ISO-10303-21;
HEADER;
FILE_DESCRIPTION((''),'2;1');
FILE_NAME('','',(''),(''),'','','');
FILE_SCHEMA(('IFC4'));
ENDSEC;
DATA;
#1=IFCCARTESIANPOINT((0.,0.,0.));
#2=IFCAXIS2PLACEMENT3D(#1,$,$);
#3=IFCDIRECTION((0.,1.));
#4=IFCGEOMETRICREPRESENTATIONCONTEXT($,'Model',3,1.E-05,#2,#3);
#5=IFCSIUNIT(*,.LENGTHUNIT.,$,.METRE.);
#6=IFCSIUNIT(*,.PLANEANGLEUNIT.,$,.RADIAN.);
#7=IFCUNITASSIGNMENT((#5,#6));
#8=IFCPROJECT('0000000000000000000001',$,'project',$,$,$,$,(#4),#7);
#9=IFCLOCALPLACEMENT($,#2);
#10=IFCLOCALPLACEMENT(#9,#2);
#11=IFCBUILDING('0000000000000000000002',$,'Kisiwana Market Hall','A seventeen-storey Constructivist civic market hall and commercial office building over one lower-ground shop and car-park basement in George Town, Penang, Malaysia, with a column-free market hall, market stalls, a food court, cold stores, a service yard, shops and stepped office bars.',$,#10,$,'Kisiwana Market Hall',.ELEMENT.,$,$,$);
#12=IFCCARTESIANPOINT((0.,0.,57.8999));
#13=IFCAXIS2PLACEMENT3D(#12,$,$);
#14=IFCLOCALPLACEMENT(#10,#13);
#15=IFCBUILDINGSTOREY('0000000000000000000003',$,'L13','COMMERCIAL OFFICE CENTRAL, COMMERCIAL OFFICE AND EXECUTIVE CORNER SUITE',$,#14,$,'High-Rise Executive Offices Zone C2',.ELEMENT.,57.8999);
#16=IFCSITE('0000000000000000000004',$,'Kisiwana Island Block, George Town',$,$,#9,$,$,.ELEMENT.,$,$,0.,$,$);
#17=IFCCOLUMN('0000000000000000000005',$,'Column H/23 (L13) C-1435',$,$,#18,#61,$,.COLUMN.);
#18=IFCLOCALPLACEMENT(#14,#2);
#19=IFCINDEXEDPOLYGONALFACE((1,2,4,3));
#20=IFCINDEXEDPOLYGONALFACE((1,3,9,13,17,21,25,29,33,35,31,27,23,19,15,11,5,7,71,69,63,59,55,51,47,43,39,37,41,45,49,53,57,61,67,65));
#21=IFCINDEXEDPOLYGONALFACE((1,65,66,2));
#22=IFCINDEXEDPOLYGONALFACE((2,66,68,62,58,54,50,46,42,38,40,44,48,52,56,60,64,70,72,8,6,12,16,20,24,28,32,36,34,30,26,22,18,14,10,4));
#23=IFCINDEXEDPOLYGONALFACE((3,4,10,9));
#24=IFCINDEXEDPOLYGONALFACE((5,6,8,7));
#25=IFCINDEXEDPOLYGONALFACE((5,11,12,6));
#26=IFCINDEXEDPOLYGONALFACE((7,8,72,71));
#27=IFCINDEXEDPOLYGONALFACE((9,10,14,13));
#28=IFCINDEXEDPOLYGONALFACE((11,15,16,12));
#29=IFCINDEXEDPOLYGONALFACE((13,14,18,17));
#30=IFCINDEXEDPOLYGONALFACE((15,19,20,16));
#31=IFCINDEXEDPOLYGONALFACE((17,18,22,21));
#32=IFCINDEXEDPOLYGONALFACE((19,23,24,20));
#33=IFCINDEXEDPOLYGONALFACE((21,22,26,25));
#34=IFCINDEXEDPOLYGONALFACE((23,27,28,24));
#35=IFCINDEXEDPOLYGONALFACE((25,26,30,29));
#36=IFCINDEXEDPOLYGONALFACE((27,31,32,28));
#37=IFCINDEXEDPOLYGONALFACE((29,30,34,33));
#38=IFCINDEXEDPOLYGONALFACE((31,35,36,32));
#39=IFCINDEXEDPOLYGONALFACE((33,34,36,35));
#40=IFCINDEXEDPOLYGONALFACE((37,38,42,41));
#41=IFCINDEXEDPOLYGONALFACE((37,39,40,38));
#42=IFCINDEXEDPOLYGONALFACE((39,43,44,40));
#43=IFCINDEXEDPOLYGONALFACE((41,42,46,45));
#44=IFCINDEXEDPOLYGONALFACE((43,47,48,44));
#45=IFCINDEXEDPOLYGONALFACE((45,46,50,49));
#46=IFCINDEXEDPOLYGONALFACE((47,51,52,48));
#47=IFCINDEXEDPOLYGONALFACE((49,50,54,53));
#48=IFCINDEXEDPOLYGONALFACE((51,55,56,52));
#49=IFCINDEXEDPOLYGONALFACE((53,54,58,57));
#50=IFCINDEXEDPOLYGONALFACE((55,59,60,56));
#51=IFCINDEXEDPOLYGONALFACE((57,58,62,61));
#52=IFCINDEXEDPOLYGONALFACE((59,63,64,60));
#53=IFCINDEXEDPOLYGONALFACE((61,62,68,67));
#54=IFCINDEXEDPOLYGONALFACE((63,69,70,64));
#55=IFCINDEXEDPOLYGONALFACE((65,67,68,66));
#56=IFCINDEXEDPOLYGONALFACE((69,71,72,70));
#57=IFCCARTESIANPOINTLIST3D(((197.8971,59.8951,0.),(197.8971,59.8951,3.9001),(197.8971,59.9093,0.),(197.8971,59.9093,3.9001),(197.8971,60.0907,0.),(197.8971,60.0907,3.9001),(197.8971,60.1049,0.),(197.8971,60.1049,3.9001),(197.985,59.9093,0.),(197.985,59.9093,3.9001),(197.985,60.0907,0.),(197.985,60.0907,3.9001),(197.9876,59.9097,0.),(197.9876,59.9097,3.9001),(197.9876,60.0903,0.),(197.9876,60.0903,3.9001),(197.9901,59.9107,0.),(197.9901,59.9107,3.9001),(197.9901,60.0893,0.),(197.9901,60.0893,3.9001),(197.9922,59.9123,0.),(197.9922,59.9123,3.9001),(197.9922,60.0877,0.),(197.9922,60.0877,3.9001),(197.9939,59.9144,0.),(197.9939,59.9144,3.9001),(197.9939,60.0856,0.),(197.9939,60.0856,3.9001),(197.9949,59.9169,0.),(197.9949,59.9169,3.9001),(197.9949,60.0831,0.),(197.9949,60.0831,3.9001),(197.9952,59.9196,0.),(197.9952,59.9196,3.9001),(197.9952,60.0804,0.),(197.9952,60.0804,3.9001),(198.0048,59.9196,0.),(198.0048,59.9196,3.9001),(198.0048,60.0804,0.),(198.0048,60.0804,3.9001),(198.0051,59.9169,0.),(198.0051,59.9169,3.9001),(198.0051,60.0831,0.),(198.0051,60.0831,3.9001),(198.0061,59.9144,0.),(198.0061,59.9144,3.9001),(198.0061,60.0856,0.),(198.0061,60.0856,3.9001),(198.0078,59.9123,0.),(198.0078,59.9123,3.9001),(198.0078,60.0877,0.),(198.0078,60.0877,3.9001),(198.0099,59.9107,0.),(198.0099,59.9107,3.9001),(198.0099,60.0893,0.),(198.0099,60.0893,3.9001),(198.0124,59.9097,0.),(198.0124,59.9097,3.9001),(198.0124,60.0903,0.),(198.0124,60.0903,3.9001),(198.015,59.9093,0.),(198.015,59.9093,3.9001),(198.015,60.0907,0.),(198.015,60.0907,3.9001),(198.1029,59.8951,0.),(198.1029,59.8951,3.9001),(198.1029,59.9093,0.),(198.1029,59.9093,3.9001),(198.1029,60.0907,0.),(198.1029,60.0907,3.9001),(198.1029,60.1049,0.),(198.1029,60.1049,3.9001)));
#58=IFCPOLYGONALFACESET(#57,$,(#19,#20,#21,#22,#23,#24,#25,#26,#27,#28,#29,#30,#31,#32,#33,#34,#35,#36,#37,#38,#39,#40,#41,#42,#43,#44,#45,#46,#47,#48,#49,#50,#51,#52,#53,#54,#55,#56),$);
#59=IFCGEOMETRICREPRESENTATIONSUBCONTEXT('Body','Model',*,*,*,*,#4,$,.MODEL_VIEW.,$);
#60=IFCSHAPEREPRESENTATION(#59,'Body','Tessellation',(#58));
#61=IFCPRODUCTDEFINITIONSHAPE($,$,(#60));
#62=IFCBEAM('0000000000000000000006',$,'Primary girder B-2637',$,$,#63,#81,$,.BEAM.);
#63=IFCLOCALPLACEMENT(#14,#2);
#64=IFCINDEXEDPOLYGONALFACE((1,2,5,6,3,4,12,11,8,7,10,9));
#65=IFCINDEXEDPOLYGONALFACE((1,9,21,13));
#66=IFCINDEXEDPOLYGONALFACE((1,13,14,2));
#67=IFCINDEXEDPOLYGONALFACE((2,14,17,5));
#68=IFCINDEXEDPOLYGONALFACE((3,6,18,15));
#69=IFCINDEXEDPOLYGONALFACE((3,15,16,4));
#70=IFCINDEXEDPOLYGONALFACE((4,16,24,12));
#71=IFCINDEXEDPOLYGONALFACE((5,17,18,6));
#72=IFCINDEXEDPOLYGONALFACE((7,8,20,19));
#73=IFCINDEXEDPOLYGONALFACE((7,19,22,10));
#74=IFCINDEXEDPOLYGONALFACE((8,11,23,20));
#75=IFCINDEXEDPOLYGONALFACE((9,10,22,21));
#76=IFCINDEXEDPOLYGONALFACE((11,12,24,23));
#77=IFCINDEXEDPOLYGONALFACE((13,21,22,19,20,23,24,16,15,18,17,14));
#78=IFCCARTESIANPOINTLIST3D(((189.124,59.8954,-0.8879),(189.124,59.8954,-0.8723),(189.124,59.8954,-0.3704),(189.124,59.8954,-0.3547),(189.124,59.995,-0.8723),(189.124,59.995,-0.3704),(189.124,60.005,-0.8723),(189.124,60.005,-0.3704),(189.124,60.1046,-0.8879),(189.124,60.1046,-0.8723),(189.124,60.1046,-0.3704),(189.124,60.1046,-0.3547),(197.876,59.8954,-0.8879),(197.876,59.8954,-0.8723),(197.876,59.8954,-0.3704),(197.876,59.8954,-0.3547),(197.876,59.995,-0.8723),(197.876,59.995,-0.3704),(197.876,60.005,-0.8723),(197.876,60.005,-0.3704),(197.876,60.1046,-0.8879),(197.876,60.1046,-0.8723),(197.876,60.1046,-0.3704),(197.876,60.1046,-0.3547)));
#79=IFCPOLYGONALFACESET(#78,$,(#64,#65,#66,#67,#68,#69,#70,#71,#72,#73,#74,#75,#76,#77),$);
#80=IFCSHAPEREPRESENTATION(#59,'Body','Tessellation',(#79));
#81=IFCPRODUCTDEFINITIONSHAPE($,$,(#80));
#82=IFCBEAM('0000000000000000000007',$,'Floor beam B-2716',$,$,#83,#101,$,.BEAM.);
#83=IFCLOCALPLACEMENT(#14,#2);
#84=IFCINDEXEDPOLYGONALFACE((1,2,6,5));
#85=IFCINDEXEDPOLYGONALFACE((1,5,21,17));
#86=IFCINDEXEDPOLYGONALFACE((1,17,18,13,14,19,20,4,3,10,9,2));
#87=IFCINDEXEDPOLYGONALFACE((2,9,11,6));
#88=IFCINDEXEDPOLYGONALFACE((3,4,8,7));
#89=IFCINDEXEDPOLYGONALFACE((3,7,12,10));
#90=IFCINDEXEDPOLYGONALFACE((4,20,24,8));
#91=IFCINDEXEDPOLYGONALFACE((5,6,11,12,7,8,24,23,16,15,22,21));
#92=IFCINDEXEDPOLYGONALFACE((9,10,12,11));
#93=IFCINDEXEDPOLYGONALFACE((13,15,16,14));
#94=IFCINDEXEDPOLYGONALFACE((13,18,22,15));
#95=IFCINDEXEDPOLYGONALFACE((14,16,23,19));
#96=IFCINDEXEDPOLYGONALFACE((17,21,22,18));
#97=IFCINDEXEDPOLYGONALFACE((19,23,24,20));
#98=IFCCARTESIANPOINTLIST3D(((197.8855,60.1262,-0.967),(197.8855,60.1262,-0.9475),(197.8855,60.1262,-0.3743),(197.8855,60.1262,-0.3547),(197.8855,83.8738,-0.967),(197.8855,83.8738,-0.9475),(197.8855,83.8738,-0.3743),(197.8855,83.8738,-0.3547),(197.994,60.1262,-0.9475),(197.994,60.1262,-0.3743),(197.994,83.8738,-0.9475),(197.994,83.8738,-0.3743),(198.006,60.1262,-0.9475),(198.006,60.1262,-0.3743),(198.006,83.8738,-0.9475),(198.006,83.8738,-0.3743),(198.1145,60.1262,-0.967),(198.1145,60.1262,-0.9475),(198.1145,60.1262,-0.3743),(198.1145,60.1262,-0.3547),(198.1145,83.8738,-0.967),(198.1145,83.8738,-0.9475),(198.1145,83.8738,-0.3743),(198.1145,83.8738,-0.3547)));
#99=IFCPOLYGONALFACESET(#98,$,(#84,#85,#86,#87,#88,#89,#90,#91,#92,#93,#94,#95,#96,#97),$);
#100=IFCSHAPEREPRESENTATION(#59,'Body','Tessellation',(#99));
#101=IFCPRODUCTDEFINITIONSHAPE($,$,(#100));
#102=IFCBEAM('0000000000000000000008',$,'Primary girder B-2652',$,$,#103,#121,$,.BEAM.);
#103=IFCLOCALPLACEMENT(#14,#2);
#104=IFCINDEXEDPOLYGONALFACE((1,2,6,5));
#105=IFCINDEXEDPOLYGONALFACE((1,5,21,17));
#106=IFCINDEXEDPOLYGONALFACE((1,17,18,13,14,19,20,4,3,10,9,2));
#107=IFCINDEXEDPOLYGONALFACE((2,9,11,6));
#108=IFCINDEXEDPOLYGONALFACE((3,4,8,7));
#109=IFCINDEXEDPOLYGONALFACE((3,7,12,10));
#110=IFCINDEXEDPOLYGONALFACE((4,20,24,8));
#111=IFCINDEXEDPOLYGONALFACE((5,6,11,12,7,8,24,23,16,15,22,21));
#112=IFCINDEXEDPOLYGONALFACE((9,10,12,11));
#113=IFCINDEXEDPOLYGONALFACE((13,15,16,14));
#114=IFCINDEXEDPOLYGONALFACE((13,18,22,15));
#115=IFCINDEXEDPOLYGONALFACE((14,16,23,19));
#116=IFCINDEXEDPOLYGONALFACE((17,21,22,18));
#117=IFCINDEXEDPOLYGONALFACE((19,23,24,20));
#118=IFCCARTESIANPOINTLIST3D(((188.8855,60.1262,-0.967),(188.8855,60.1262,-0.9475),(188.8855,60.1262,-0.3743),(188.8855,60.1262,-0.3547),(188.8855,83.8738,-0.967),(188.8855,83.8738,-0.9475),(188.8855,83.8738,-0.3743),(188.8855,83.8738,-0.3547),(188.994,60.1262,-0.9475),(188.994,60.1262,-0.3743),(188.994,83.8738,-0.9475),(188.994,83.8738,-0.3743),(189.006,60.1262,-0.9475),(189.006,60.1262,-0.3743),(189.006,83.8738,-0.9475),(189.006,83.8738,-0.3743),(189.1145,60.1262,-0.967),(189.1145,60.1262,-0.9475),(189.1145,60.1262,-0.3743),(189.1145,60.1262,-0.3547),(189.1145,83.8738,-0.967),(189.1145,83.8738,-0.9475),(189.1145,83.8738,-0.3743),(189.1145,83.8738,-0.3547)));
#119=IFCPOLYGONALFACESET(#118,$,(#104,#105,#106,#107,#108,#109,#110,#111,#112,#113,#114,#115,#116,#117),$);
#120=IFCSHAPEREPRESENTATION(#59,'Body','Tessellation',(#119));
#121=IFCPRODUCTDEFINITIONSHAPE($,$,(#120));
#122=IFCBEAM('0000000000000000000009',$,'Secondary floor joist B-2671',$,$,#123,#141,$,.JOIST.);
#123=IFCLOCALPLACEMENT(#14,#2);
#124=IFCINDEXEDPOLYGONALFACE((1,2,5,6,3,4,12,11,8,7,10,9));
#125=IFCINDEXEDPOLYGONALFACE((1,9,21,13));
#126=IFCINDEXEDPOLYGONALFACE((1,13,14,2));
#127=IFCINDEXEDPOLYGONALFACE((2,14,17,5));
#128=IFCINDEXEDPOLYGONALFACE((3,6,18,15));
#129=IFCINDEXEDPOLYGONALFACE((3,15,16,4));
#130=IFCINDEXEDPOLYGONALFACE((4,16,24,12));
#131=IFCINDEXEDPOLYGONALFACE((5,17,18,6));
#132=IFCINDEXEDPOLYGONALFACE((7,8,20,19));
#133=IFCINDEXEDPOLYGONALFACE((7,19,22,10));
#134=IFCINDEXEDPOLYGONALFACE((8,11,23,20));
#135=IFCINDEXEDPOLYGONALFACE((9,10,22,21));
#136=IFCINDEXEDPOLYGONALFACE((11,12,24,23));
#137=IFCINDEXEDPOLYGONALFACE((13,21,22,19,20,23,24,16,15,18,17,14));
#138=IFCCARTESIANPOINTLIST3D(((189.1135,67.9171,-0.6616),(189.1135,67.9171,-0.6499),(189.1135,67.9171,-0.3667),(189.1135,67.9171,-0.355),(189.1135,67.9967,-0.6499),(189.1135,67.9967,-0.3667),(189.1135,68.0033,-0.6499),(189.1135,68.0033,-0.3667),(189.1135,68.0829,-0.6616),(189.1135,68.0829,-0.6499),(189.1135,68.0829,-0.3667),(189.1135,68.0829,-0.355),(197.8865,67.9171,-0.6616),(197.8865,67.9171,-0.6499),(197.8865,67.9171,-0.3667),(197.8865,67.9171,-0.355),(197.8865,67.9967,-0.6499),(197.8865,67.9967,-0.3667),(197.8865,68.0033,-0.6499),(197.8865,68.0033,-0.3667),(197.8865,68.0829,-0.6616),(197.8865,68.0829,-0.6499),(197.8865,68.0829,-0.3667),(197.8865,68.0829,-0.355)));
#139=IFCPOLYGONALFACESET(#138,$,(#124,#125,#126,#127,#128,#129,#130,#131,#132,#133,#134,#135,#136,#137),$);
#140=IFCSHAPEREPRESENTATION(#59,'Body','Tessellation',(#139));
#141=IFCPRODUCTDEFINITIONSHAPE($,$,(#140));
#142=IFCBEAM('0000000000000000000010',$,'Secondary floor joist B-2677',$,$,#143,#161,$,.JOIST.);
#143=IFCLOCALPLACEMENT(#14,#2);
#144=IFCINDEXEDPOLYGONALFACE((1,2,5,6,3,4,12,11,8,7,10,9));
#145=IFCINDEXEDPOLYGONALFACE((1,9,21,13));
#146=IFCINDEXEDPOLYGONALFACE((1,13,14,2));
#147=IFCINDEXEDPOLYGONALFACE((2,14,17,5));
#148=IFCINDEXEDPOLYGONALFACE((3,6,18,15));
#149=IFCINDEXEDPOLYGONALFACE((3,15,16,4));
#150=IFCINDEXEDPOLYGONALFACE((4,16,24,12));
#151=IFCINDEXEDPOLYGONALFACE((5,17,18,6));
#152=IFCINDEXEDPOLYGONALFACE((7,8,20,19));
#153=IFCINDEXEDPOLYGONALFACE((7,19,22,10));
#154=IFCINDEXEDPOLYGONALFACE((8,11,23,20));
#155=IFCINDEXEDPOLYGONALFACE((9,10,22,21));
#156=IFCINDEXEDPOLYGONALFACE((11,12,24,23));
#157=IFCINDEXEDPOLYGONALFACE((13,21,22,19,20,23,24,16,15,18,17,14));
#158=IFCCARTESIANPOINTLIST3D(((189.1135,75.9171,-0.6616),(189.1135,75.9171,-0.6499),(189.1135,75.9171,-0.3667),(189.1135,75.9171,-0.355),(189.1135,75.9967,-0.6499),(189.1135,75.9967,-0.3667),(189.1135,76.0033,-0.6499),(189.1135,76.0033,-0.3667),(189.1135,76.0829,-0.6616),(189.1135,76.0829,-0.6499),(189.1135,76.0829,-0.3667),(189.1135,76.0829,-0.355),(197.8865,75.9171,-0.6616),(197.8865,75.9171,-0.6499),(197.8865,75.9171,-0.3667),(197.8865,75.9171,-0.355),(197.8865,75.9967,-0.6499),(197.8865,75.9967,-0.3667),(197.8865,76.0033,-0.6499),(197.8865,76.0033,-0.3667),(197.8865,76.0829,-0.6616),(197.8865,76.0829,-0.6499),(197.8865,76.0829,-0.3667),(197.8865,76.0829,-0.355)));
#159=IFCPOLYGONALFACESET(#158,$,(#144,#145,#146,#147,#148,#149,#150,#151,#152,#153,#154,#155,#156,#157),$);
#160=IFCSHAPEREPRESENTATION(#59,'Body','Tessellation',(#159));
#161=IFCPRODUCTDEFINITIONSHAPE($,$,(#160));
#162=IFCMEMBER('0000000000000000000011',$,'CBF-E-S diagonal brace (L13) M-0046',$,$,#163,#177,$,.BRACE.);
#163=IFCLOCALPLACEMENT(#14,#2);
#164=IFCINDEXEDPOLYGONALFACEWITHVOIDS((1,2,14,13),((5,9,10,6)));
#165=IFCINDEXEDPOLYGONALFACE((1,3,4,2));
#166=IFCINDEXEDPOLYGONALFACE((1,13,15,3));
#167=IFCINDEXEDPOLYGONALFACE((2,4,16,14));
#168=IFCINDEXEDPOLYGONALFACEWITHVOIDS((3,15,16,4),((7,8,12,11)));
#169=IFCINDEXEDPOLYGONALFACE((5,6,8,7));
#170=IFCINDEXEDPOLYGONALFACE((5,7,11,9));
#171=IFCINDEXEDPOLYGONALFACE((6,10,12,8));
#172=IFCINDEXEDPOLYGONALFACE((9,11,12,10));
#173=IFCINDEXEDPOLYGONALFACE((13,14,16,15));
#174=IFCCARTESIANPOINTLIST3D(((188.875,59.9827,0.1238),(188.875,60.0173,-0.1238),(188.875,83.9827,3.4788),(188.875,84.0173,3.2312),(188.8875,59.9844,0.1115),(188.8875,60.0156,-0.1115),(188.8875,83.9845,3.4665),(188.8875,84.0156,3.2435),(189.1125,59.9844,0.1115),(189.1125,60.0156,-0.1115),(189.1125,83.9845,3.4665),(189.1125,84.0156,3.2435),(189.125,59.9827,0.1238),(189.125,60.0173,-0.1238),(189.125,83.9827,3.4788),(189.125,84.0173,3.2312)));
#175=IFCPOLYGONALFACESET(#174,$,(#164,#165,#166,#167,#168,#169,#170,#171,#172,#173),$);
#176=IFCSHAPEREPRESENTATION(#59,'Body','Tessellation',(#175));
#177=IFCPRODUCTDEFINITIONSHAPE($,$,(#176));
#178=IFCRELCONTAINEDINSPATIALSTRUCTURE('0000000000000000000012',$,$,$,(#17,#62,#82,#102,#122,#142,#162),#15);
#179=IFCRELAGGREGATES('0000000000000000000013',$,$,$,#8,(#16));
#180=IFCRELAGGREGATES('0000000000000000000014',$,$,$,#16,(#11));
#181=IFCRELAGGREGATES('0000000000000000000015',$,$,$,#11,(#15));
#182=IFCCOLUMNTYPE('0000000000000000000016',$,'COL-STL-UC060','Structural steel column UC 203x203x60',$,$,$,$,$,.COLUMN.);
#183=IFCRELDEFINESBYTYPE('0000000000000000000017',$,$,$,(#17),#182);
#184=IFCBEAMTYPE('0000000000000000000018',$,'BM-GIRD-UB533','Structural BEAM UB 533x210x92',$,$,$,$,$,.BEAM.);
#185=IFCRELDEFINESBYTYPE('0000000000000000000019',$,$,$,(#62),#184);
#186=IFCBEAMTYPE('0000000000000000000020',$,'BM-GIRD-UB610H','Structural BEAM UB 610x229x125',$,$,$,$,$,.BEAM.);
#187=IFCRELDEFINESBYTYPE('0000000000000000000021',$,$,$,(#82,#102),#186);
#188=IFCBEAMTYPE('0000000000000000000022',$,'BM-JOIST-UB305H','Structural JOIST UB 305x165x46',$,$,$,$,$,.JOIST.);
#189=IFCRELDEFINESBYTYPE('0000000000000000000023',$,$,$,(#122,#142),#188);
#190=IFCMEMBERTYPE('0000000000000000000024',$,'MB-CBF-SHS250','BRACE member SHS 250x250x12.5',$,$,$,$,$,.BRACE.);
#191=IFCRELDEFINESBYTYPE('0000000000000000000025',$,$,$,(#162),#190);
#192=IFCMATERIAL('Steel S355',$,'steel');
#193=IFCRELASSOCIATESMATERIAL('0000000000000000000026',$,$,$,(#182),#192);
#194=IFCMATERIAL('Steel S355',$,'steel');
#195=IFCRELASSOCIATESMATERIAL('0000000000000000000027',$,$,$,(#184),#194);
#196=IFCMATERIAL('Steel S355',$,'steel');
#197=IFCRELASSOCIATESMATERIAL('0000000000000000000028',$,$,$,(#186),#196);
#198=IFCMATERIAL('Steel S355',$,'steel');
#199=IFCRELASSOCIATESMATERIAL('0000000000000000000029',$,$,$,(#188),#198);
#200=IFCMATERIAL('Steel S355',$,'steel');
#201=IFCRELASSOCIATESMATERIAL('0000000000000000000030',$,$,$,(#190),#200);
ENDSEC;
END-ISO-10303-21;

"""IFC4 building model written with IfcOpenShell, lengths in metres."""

from ifc_helpers import new_model, si_unit, direction, frame, origin, origin_2d, place, context, subcontext, project, spatial, hollow_rectangle, i_section, extrude, material, material_profile, profile_set, type_object, element, save


model = new_model("IFC4")

# Units and contexts
model_context = context("Model", 3, precision=1e-05, world=origin(), true_north=direction((0.0, 1.0)))
body_context = subcontext(model_context, "Body", "Model", "MODEL_VIEW")
ifc_project = project(units=[si_unit("LENGTHUNIT", "METRE"), si_unit("PLANEANGLEUNIT", "RADIAN")], contexts=[model_context])

# Site, building, storey
site_placement = place(None, origin())
site = spatial("IfcSite", under=ifc_project, at=site_placement, Name="Kisiwana Island Block, George Town", CompositionType="ELEMENT", RefElevation=0.0)
building_placement = place(site_placement, origin())
building = spatial("IfcBuilding", under=site, at=building_placement, Name="Kisiwana Market Hall", Description="A seventeen-storey Constructivist civic market hall and commercial office building over one lower-ground shop and car-park basement in George Town, Penang, Malaysia, with a column-free market hall, market stalls, a food court, cold stores, a service yard, shops and stepped office bars.", LongName="Kisiwana Market Hall", CompositionType="ELEMENT")
storey_placement = place(building_placement, frame((0.0, 0.0, 57.8999)))
storey = spatial("IfcBuildingStorey", under=building, at=storey_placement, Name="L13", Description="COMMERCIAL OFFICE CENTRAL, COMMERCIAL OFFICE AND EXECUTIVE CORNER SUITE", LongName="High-Rise Executive Offices Zone C2", CompositionType="ELEMENT", Elevation=57.8999)

# Column
ifc_material_1 = material(Name="Steel S355", Category="steel")
ifc_material_profile_1 = material_profile(ifc_material_1, i_section(OverallWidth=0.2058, OverallDepth=0.2097, WebThickness=0.0095, FlangeThickness=0.0142, FilletRadius=0.0103, at=origin_2d()), Name="UC 203x203x60")
ifc_profile_set_1 = profile_set([ifc_material_profile_1], Name="Steel S355")
column_type = type_object("IfcColumnType", Name="COL-STL-UC060", Description="Structural steel column UC 203x203x60", PredefinedType="COLUMN", material=ifc_profile_set_1)
column_placement = place(storey_placement, frame((198.0, 60.0, 0.0), z_axis=(0.0, 0.0, 1.0), x_axis=(1.0, 0.0, 0.0)))
element("IfcColumn", 1, at=column_placement, inside=storey, type_object=column_type, Name="Column H/23 (L13) C-1435", PredefinedType="COLUMN", context=body_context, shape_type="SweptSolid", body=[
    extrude(i_section(OverallWidth=0.2058, OverallDepth=0.2097, WebThickness=0.0095, FlangeThickness=0.0142, FilletRadius=0.0103, at=origin_2d()), origin(), (0.0, 0.0, 1.0), 3.9001),
])

# Beams
ifc_material_2 = material(Name="Steel S355", Category="steel")
ifc_material_profile_2 = material_profile(ifc_material_2, i_section(OverallWidth=0.2092, OverallDepth=0.5332, WebThickness=0.01, FlangeThickness=0.0156, at=origin_2d()), Name="UB 533x210x92")
ifc_profile_set_2 = profile_set([ifc_material_profile_2], Name="Steel S355")
beam_type_1 = type_object("IfcBeamType", Name="BM-GIRD-UB533", Description="Structural BEAM UB 533x210x92", PredefinedType="BEAM", material=ifc_profile_set_2)
beam_placement = place(storey_placement, frame((189.124, 60.0, -0.6213), z_axis=(1.0, 0.0, 0.0), x_axis=(0.0, 1.0, 0.0)))
element("IfcBeam", 2, at=beam_placement, inside=storey, type_object=beam_type_1, Name="Primary girder B-2637", PredefinedType="BEAM", context=body_context, shape_type="SweptSolid", body=[
    extrude(i_section(OverallWidth=0.2092, OverallDepth=0.5332, WebThickness=0.01, FlangeThickness=0.0156, at=origin_2d()), origin(), (0.0, 0.0, 1.0), 8.752),
])
ifc_material_3 = material(Name="Steel S355", Category="steel")
ifc_material_profile_3 = material_profile(ifc_material_3, i_section(OverallWidth=0.229, OverallDepth=0.6123, WebThickness=0.012, FlangeThickness=0.0195, at=origin_2d()), Name="UB 610x229x125")
ifc_profile_set_3 = profile_set([ifc_material_profile_3], Name="Steel S355")
beam_type_2 = type_object("IfcBeamType", Name="BM-GIRD-UB610H", Description="Structural BEAM UB 610x229x125", PredefinedType="BEAM", material=ifc_profile_set_3)
for number, where, z_axis, x_axis, name in (
    (3, (198.0, 60.1262, -0.6609), (0.0, 1.0, 0.0), (-1.0, 0.0, 0.0), "Floor beam B-2716"),
    (4, (189.0, 60.1262, -0.6609), (0.0, 1.0, 0.0), (-1.0, 0.0, 0.0), "Primary girder B-2652"),
):
    element("IfcBeam", number, at=place(storey_placement, frame(where, z_axis=z_axis, x_axis=x_axis)), inside=storey, type_object=beam_type_2, Name=name, PredefinedType="BEAM", context=body_context, shape_type="SweptSolid", body=[
        extrude(i_section(OverallWidth=0.229, OverallDepth=0.6123, WebThickness=0.012, FlangeThickness=0.0195, at=origin_2d()), origin(), (0.0, 0.0, 1.0), 23.7476),
    ])
ifc_material_4 = material(Name="Steel S355", Category="steel")
ifc_material_profile_4 = material_profile(ifc_material_4, i_section(OverallWidth=0.1658, OverallDepth=0.3066, WebThickness=0.0066, FlangeThickness=0.0117, at=origin_2d()), Name="UB 305x165x46")
ifc_profile_set_4 = profile_set([ifc_material_profile_4], Name="Steel S355")
beam_type_3 = type_object("IfcBeamType", Name="BM-JOIST-UB305H", Description="Structural JOIST UB 305x165x46", PredefinedType="JOIST", material=ifc_profile_set_4)
for number, where, z_axis, x_axis, name in (
    (5, (189.1135, 68.0, -0.5083), (1.0, 0.0, 0.0), (0.0, 1.0, 0.0), "Secondary floor joist B-2671"),
    (6, (189.1135, 76.0, -0.5083), (1.0, 0.0, 0.0), (0.0, 1.0, 0.0), "Secondary floor joist B-2677"),
):
    element("IfcBeam", number, at=place(storey_placement, frame(where, z_axis=z_axis, x_axis=x_axis)), inside=storey, type_object=beam_type_3, Name=name, PredefinedType="JOIST", context=body_context, shape_type="SweptSolid", body=[
        extrude(i_section(OverallWidth=0.1658, OverallDepth=0.3066, WebThickness=0.0066, FlangeThickness=0.0117, at=origin_2d()), origin(), (0.0, 0.0, 1.0), 8.7729),
    ])

# Member
ifc_material_5 = material(Name="Steel S355", Category="steel")
ifc_material_profile_5 = material_profile(ifc_material_5, hollow_rectangle(XDim=0.25, YDim=0.25, WallThickness=0.0125, at=origin_2d()), Name="SHS 250x250x12.5")
ifc_profile_set_5 = profile_set([ifc_material_profile_5], Name="Steel S355")
member_type = type_object("IfcMemberType", Name="MB-CBF-SHS250", Description="BRACE member SHS 250x250x12.5", PredefinedType="BRACE", material=ifc_profile_set_5)
member_placement = place(storey_placement, frame((189.0, 60.0, 0.0), z_axis=(0.0, 0.99037, 0.138445), x_axis=(-1.0, 0.0, 0.0)))
element("IfcMember", 7, at=member_placement, inside=storey, type_object=member_type, Name="CBF-E-S diagonal brace (L13) M-0046", PredefinedType="BRACE", context=body_context, shape_type="SweptSolid", body=[
    extrude(hollow_rectangle(XDim=0.25, YDim=0.25, WallThickness=0.0125, at=origin_2d()), origin(), (0.0, 0.0, 1.0), 24.2334),
])

save(model, "model.ifc")
